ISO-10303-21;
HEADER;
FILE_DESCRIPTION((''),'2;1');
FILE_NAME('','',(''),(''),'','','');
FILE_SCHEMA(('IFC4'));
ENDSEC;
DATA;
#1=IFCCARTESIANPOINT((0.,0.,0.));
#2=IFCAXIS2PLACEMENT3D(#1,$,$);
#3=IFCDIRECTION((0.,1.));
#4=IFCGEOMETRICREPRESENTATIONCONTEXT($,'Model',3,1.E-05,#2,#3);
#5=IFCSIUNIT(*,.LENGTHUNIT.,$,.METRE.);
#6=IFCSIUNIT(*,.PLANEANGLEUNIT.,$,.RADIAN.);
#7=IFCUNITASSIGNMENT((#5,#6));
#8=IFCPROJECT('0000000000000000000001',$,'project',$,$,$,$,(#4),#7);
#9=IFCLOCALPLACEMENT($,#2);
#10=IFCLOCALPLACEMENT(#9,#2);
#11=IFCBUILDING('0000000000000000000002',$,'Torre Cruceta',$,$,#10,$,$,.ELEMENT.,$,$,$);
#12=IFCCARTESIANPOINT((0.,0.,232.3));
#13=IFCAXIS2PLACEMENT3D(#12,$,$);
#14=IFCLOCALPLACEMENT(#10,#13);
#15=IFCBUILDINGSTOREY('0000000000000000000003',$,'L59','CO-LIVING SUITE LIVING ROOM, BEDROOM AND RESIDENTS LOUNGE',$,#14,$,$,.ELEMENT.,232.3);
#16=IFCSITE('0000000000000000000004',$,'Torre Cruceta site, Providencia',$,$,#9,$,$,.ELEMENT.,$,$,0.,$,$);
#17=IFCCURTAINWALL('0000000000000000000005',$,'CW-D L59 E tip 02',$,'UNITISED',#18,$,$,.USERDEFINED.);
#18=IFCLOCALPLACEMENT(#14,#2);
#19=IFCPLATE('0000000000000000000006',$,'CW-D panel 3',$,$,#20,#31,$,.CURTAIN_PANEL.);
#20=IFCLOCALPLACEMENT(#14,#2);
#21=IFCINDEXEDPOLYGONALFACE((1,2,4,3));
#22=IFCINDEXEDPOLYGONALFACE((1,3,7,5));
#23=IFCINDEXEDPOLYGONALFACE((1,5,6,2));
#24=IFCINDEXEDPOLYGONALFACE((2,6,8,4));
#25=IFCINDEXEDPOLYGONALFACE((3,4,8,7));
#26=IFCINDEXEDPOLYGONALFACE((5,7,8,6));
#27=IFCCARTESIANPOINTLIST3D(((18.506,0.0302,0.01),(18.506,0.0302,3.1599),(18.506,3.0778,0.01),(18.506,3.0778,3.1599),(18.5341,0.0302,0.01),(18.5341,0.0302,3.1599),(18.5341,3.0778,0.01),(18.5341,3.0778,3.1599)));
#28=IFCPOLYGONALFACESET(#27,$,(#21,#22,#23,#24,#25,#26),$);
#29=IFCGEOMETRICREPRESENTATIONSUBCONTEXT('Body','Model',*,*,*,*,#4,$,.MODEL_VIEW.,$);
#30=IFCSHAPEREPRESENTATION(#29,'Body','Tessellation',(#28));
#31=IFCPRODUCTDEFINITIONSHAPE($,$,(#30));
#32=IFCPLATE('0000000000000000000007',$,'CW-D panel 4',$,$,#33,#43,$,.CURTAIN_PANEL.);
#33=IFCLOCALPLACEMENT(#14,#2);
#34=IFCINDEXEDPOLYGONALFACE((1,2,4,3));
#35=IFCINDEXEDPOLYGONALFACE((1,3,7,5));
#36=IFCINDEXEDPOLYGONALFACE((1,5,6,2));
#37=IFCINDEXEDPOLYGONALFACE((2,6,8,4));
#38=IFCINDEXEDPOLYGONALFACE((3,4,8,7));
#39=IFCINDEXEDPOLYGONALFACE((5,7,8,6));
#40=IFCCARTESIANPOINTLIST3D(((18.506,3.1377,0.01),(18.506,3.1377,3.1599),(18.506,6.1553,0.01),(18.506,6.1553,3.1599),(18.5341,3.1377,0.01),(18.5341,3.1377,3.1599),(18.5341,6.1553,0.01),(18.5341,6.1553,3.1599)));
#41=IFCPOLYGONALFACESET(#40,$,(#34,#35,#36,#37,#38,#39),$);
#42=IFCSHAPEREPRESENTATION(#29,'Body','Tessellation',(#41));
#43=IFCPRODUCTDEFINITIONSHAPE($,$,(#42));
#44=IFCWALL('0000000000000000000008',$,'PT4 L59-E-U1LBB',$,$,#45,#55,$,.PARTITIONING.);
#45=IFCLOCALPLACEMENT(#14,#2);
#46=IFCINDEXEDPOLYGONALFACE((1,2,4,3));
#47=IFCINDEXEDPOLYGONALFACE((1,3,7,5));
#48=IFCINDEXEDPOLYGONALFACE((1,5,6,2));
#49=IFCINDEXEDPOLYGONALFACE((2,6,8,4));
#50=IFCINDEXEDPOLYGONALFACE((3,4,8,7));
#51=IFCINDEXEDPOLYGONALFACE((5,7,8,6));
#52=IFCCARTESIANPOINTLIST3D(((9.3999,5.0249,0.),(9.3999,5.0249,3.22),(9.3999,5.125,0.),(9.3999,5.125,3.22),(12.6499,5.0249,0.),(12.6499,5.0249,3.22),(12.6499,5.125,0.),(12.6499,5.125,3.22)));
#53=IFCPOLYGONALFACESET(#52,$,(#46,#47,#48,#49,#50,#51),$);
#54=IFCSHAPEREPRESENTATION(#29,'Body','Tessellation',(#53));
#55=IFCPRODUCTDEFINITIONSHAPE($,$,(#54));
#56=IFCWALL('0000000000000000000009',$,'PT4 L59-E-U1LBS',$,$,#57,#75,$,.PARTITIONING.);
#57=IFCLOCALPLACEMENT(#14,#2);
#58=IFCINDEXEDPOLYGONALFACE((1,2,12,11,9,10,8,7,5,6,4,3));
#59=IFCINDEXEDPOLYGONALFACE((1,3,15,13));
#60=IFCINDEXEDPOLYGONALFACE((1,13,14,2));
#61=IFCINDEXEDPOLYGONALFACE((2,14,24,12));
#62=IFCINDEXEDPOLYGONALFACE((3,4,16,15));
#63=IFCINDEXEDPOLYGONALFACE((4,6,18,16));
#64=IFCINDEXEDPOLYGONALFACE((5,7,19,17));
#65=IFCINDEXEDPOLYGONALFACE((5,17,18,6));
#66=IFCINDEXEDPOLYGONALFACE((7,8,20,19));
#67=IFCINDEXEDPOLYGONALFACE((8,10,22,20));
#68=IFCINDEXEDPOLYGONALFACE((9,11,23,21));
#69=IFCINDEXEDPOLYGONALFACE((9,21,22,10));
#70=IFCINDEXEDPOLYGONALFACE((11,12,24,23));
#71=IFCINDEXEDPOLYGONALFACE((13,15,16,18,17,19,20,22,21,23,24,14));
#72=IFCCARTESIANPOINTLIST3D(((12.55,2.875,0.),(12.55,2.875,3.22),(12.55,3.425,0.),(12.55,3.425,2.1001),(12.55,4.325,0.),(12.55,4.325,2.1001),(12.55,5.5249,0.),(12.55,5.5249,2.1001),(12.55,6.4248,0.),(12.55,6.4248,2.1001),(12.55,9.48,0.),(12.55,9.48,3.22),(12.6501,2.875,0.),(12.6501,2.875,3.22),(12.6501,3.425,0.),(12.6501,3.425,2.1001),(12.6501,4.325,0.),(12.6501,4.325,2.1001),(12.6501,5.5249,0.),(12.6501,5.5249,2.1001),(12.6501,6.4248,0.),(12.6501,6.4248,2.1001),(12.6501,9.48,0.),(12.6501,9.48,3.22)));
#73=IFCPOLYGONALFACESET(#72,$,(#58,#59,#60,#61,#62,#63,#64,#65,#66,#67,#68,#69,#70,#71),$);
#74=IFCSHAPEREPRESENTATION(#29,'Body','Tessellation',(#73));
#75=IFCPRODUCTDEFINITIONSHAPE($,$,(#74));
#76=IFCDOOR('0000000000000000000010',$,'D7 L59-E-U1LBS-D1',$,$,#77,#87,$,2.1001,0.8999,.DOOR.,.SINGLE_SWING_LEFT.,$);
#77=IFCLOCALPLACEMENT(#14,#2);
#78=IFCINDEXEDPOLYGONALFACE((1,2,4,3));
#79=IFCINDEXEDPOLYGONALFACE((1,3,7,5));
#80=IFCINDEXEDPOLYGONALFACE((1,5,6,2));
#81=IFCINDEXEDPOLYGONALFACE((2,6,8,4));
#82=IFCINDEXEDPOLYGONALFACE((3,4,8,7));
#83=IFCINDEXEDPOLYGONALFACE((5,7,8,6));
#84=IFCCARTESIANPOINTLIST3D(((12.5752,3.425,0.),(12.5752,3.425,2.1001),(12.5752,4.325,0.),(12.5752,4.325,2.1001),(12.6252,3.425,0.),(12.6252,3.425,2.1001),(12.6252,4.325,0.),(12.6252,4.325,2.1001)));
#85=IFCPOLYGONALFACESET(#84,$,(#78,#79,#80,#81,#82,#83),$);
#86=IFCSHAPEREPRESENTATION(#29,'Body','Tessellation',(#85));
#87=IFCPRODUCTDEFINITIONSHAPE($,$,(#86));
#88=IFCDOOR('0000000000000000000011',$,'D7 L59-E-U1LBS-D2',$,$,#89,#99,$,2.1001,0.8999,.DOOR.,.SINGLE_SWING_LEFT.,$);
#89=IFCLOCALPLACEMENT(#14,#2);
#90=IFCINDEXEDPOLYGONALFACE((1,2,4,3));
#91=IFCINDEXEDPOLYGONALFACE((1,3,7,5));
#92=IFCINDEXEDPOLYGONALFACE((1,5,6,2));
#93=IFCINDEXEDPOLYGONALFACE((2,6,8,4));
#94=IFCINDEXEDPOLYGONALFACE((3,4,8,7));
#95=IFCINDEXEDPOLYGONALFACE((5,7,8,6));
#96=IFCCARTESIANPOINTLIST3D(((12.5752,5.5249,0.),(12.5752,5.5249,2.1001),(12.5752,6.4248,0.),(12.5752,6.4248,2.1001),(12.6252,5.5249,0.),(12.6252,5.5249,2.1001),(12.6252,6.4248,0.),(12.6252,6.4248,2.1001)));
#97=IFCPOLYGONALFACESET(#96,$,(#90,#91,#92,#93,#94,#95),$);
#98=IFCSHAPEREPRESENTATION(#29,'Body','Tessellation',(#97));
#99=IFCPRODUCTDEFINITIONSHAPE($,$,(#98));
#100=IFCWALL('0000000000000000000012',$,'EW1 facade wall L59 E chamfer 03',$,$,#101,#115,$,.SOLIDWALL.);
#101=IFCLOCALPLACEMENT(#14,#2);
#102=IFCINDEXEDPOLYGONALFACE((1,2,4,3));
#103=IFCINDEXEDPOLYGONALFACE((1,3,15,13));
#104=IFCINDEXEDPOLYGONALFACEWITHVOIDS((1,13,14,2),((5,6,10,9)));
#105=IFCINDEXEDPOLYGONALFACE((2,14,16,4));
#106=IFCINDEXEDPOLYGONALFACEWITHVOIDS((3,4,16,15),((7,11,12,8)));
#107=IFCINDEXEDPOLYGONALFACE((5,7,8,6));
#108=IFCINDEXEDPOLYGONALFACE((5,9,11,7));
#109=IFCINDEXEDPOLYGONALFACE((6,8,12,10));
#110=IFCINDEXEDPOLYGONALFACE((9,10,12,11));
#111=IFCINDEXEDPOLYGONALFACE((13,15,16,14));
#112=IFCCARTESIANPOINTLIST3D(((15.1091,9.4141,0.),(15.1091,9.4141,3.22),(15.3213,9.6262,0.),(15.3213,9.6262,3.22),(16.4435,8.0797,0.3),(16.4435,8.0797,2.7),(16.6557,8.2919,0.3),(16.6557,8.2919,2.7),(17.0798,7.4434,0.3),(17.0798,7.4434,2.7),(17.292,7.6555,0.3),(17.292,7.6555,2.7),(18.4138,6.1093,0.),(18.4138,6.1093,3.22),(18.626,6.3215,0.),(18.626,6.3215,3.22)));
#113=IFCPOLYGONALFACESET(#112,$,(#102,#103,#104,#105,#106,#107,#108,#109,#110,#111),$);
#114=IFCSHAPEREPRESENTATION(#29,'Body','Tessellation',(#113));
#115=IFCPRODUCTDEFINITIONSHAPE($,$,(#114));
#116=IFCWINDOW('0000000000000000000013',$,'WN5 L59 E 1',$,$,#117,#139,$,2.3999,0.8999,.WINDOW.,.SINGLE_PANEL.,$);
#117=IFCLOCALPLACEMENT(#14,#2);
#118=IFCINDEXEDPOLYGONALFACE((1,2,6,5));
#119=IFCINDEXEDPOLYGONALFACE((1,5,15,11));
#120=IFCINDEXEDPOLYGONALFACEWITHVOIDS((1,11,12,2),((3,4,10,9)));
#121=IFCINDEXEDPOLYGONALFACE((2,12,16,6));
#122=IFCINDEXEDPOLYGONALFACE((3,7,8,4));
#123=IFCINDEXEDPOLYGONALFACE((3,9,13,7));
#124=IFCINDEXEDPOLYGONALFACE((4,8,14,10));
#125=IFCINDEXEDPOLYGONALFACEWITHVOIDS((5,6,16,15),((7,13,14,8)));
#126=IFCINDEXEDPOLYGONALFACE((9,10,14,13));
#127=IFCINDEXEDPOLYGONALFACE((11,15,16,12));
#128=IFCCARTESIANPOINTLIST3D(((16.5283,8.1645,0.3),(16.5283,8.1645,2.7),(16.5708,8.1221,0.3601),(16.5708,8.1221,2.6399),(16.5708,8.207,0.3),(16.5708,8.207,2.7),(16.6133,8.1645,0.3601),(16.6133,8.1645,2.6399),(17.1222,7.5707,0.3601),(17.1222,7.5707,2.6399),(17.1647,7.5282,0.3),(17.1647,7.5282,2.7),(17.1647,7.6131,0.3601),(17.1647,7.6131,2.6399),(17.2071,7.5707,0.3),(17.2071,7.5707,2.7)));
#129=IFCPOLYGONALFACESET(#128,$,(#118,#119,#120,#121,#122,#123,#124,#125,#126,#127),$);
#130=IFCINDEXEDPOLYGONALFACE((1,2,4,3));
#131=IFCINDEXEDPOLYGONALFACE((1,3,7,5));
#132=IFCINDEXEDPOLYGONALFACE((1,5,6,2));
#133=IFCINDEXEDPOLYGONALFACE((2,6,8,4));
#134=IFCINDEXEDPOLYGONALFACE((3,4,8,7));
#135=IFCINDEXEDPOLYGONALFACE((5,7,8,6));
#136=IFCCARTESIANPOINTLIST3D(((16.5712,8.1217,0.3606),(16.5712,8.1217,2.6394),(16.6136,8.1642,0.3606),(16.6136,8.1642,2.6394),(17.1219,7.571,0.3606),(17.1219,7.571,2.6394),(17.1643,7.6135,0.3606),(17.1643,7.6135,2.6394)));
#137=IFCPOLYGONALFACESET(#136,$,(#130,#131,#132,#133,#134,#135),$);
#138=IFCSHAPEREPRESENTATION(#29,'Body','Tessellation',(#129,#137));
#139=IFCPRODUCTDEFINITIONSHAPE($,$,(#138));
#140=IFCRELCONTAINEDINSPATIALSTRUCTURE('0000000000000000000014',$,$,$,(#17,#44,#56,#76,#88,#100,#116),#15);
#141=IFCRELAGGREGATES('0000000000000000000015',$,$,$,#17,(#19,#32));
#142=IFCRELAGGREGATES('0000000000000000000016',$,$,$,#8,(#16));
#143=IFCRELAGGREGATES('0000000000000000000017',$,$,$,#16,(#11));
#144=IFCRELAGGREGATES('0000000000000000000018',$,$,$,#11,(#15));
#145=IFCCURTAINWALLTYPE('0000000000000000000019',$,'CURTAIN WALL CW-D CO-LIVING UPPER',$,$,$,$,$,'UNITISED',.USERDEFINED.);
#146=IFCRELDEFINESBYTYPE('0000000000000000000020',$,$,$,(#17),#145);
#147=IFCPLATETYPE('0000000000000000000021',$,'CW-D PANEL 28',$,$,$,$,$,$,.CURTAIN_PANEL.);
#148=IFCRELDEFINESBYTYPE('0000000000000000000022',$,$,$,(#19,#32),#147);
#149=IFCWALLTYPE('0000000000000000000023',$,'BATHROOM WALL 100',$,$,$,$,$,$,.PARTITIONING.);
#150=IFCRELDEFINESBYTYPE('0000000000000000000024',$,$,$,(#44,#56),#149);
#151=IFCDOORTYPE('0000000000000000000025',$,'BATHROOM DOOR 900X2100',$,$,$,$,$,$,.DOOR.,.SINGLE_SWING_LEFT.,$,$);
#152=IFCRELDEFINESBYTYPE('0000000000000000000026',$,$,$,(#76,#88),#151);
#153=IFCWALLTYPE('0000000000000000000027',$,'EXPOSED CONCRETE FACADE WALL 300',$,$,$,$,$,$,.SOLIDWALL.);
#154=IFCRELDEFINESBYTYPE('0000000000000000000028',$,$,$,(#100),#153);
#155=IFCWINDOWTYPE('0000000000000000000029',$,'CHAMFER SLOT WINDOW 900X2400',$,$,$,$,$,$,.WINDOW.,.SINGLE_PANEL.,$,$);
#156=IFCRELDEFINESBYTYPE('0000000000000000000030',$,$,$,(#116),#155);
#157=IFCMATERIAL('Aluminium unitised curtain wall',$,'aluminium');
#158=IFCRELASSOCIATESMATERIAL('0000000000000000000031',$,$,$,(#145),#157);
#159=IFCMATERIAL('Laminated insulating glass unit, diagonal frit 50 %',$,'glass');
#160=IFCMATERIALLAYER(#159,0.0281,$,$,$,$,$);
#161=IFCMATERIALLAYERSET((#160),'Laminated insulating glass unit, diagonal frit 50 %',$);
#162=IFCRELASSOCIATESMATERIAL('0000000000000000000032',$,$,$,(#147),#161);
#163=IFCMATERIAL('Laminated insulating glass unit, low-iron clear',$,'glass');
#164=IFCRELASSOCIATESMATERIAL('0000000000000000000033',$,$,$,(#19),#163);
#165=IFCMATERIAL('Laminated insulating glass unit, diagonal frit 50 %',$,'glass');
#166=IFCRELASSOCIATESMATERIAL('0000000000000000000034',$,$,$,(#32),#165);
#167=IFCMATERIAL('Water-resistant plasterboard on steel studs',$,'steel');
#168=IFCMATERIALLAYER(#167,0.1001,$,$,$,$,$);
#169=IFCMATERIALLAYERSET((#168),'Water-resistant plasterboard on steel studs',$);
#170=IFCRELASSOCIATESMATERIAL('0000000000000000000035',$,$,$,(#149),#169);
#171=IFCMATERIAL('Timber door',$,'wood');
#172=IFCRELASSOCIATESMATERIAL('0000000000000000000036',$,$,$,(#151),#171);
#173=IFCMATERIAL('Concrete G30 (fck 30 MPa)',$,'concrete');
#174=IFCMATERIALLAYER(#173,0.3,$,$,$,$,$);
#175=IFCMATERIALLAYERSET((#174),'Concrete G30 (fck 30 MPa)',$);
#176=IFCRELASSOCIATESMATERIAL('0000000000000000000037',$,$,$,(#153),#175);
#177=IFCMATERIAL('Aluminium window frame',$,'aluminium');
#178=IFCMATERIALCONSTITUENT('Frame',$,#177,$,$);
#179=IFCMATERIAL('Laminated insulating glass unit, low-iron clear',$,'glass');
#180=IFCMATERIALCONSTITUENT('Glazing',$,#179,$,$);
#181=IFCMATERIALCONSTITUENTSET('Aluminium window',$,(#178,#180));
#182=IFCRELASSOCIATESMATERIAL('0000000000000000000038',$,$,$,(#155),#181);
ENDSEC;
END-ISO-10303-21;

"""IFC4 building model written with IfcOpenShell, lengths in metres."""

from ifc_helpers import new_model, si_unit, direction, frame, frame_2d, origin, origin_2d, place, context, subcontext, project, spatial, rectangle, hollow_rectangle, extrude, material, layer, layer_set, constituent, constituent_set, type_object, element, fill, aggregate, save


model = new_model("IFC4")

# Units and contexts
model_context = context("Model", 3, precision=1e-05, world=origin(), true_north=direction((0.0, 1.0)))
body_context = subcontext(model_context, "Body", "Model", "MODEL_VIEW")
ifc_project = project(units=[si_unit("LENGTHUNIT", "METRE"), si_unit("PLANEANGLEUNIT", "RADIAN")], contexts=[model_context])

# Site, building, storey
site_placement = place(None, origin())
site = spatial("IfcSite", under=ifc_project, at=site_placement, Name="Torre Cruceta site, Providencia", CompositionType="ELEMENT", RefElevation=0.0)
building_placement = place(site_placement, origin())
building = spatial("IfcBuilding", under=site, at=building_placement, Name="Torre Cruceta", CompositionType="ELEMENT")
storey_placement = place(building_placement, frame((0.0, 0.0, 232.3)))
storey = spatial("IfcBuildingStorey", under=building, at=storey_placement, Name="L59", Description="CO-LIVING SUITE LIVING ROOM, BEDROOM AND RESIDENTS LOUNGE", CompositionType="ELEMENT", Elevation=232.3)

# Curtain wall
ifc_material_1 = material(Name="Aluminium unitised curtain wall", Category="aluminium")
curtain_wall_type = type_object("IfcCurtainWallType", Name="CURTAIN WALL CW-D CO-LIVING UPPER", ElementType="UNITISED", PredefinedType="USERDEFINED", material=ifc_material_1)
curtain_wall_placement = place(storey_placement, origin())
curtain_wall = element("IfcCurtainWall", 1, at=curtain_wall_placement, inside=storey, type_object=curtain_wall_type, Name="CW-D L59 E tip 02", ObjectType="UNITISED", PredefinedType="USERDEFINED")

# Plates
ifc_material_2 = material(Name="Laminated insulating glass unit, low-iron clear", Category="glass")
ifc_material_3 = material(Name="Laminated insulating glass unit, diagonal frit 50 %", Category="glass")
ifc_layer_1 = layer(ifc_material_3, 0.0281)
ifc_layer_set_1 = layer_set([ifc_layer_1], Name="Laminated insulating glass unit, diagonal frit 50 %")
plate_type = type_object("IfcPlateType", Name="CW-D PANEL 28", PredefinedType="CURTAIN_PANEL", material=ifc_layer_set_1)
plate_1_placement = place(storey_placement, frame((18.52, 1.554, 0.01), z_axis=(0.0, 0.0, 1.0), x_axis=(0.0, 1.0, 0.0)))
plate_1 = element("IfcPlate", 2, at=plate_1_placement, type_object=plate_type, material=ifc_material_2, Name="CW-D panel 3", PredefinedType="CURTAIN_PANEL", context=body_context, shape_type="SweptSolid", body=[
    extrude(rectangle(XDim=3.0476, YDim=0.0281, at=origin_2d()), origin(), (0.0, 0.0, 1.0), 3.1499),
])
ifc_material_4 = material(Name="Laminated insulating glass unit, diagonal frit 50 %", Category="glass")
plate_2_placement = place(storey_placement, frame((18.52, 4.6465, 0.01), z_axis=(0.0, 0.0, 1.0), x_axis=(0.0, 1.0, 0.0)))
plate_2 = element("IfcPlate", 3, at=plate_2_placement, type_object=plate_type, material=ifc_material_4, Name="CW-D panel 4", PredefinedType="CURTAIN_PANEL", context=body_context, shape_type="SweptSolid", body=[
    extrude(rectangle(XDim=3.0176, YDim=0.0281, at=origin_2d()), origin(), (0.0, 0.0, 1.0), 3.1499),
])
aggregate(curtain_wall, [plate_1, plate_2])

# Wall
ifc_material_5 = material(Name="Water-resistant plasterboard on steel studs", Category="steel")
ifc_layer_2 = layer(ifc_material_5, 0.1001)
ifc_layer_set_2 = layer_set([ifc_layer_2], Name="Water-resistant plasterboard on steel studs")
wall_type_1 = type_object("IfcWallType", Name="BATHROOM WALL 100", PredefinedType="PARTITIONING", material=ifc_layer_set_2)
wall_1_placement = place(storey_placement, frame((9.3999, 5.075, 0.0), z_axis=(0.0, 0.0, 1.0), x_axis=(1.0, 0.0, 0.0)))
element("IfcWall", 4, at=wall_1_placement, inside=storey, type_object=wall_type_1, Name="PT4 L59-E-U1LBB", PredefinedType="PARTITIONING", context=body_context, shape_type="SweptSolid", body=[
    extrude(rectangle(XDim=3.25, YDim=0.1001, at=frame_2d((1.625, 0.0))), origin(), (0.0, 0.0, 1.0), 3.22),
])

# Wall, openings, doors
wall_2_placement = place(storey_placement, frame((12.6001, 2.875, 0.0), z_axis=(0.0, 0.0, 1.0), x_axis=(0.0, 1.0, 0.0)))
wall_2 = element("IfcWall", 5, at=wall_2_placement, inside=storey, type_object=wall_type_1, Name="PT4 L59-E-U1LBS", PredefinedType="PARTITIONING", context=body_context, shape_type="SweptSolid", body=[
    extrude(rectangle(XDim=6.605, YDim=0.1001, at=frame_2d((3.3025, 0.0))), origin(), (0.0, 0.0, 1.0), 3.22),
])
opening_1_placement = place(wall_2_placement, frame((0.55, 0.0, 0.0)))
opening_1 = element("IfcOpeningElement", 6, at=opening_1_placement, cuts=wall_2, PredefinedType="OPENING", context=body_context, shape_type="SweptSolid", body=[
    extrude(rectangle(XDim=0.8999, YDim=2.1001, at=frame_2d((0.45, 1.05))), frame((0.0, 0.0601, 0.0), z_axis=(0.0, -1.0, 0.0), x_axis=(1.0, 0.0, 0.0)), (0.0, 0.0, 1.0), 0.1201),
])
opening_2_placement = place(wall_2_placement, frame((2.6499, 0.0, 0.0)))
opening_2 = element("IfcOpeningElement", 7, at=opening_2_placement, cuts=wall_2, PredefinedType="OPENING", context=body_context, shape_type="SweptSolid", body=[
    extrude(rectangle(XDim=0.8999, YDim=2.1001, at=frame_2d((0.45, 1.05))), frame((0.0, 0.0601, 0.0), z_axis=(0.0, -1.0, 0.0), x_axis=(1.0, 0.0, 0.0)), (0.0, 0.0, 1.0), 0.1201),
])
ifc_material_6 = material(Name="Timber door", Category="wood")
door_type_1 = type_object("IfcDoorType", Name="BATHROOM DOOR 900X2100", OperationType="SINGLE_SWING_LEFT", PredefinedType="DOOR", material=ifc_material_6)
door_1_placement = place(opening_1_placement, origin())
door_1 = element("IfcDoor", 8, at=door_1_placement, inside=storey, type_object=door_type_1, Name="D7 L59-E-U1LBS-D1", OperationType="SINGLE_SWING_LEFT", OverallHeight=2.1001, OverallWidth=0.8999, PredefinedType="DOOR", context=body_context, shape_type="SweptSolid", body=[
    extrude(rectangle(XDim=0.8999, YDim=2.1001, at=frame_2d((0.45, 1.05))), frame((0.0, 0.0249, 0.0), z_axis=(0.0, -1.0, 0.0), x_axis=(1.0, 0.0, 0.0)), (0.0, 0.0, 1.0), 0.05),
])
fill(opening_1, door_1)
door_2_placement = place(opening_2_placement, origin())
door_2 = element("IfcDoor", 9, at=door_2_placement, inside=storey, type_object=door_type_1, Name="D7 L59-E-U1LBS-D2", OperationType="SINGLE_SWING_LEFT", OverallHeight=2.1001, OverallWidth=0.8999, PredefinedType="DOOR", context=body_context, shape_type="SweptSolid", body=[
    extrude(rectangle(XDim=0.8999, YDim=2.1001, at=frame_2d((0.45, 1.05))), frame((0.0, 0.0249, 0.0), z_axis=(0.0, -1.0, 0.0), x_axis=(1.0, 0.0, 0.0)), (0.0, 0.0, 1.0), 0.05),
])
fill(opening_2, door_2)

# Wall, opening, window
ifc_material_7 = material(Name="Concrete G30 (fck 30 MPa)", Category="concrete")
ifc_layer_3 = layer(ifc_material_7, 0.3)
ifc_layer_set_3 = layer_set([ifc_layer_3], Name="Concrete G30 (fck 30 MPa)")
wall_type_2 = type_object("IfcWallType", Name="EXPOSED CONCRETE FACADE WALL 300", PredefinedType="SOLIDWALL", material=ifc_layer_set_3)
wall_3_placement = place(storey_placement, frame((18.52, 6.2153, 0.0), z_axis=(0.0, 0.0, 1.0), x_axis=(-0.707107, 0.707107, 0.0)))
wall_3 = element("IfcWall", 10, at=wall_3_placement, inside=storey, type_object=wall_type_2, Name="EW1 facade wall L59 E chamfer 03", PredefinedType="SOLIDWALL", context=body_context, shape_type="SweptSolid", body=[
    extrude(rectangle(XDim=4.6736, YDim=0.3, at=frame_2d((2.3369, 0.0))), origin(), (0.0, 0.0, 1.0), 3.22),
])
opening_3_placement = place(wall_3_placement, frame((1.8867, 0.0, 0.3)))
opening_3 = element("IfcOpeningElement", 11, at=opening_3_placement, cuts=wall_3, PredefinedType="OPENING", context=body_context, shape_type="SweptSolid", body=[
    extrude(rectangle(XDim=0.8999, YDim=2.3999, at=frame_2d((0.45, 1.2))), frame((0.0, 0.1599, 0.0), z_axis=(0.0, -1.0, 0.0), x_axis=(1.0, 0.0, 0.0)), (0.0, 0.0, 1.0), 0.3201),
])
ifc_material_8 = material(Name="Aluminium window frame", Category="aluminium")
ifc_constituent_1 = constituent(ifc_material_8, Name="Frame")
ifc_material_9 = material(Name="Laminated insulating glass unit, low-iron clear", Category="glass")
ifc_constituent_2 = constituent(ifc_material_9, Name="Glazing")
ifc_constituent_set_1 = constituent_set(constituents=[ifc_constituent_1, ifc_constituent_2], Name="Aluminium window")
window_type = type_object("IfcWindowType", Name="CHAMFER SLOT WINDOW 900X2400", PartitioningType="SINGLE_PANEL", PredefinedType="WINDOW", material=ifc_constituent_set_1)
window_placement = place(opening_3_placement, origin())
window = element("IfcWindow", 12, at=window_placement, inside=storey, type_object=window_type, Name="WN5 L59 E 1", OverallHeight=2.3999, OverallWidth=0.8999, PartitioningType="SINGLE_PANEL", PredefinedType="WINDOW", context=body_context, shape_type="SweptSolid", body=[
    extrude(hollow_rectangle(XDim=0.8999, YDim=2.3999, WallThickness=0.0601, at=frame_2d((0.45, 1.2))), frame((0.0, 0.03, 0.0), z_axis=(0.0, -1.0, 0.0), x_axis=(1.0, 0.0, 0.0)), (0.0, 0.0, 1.0), 0.0601),
    extrude(rectangle(XDim=0.7788, YDim=2.2788, at=frame_2d((0.45, 1.2))), frame((0.0, 0.03, 0.0), z_axis=(0.0, -1.0, 0.0), x_axis=(1.0, 0.0, 0.0)), (0.0, 0.0, 1.0), 0.0601),
])
fill(opening_3, window)

save(model, "model.ifc")
